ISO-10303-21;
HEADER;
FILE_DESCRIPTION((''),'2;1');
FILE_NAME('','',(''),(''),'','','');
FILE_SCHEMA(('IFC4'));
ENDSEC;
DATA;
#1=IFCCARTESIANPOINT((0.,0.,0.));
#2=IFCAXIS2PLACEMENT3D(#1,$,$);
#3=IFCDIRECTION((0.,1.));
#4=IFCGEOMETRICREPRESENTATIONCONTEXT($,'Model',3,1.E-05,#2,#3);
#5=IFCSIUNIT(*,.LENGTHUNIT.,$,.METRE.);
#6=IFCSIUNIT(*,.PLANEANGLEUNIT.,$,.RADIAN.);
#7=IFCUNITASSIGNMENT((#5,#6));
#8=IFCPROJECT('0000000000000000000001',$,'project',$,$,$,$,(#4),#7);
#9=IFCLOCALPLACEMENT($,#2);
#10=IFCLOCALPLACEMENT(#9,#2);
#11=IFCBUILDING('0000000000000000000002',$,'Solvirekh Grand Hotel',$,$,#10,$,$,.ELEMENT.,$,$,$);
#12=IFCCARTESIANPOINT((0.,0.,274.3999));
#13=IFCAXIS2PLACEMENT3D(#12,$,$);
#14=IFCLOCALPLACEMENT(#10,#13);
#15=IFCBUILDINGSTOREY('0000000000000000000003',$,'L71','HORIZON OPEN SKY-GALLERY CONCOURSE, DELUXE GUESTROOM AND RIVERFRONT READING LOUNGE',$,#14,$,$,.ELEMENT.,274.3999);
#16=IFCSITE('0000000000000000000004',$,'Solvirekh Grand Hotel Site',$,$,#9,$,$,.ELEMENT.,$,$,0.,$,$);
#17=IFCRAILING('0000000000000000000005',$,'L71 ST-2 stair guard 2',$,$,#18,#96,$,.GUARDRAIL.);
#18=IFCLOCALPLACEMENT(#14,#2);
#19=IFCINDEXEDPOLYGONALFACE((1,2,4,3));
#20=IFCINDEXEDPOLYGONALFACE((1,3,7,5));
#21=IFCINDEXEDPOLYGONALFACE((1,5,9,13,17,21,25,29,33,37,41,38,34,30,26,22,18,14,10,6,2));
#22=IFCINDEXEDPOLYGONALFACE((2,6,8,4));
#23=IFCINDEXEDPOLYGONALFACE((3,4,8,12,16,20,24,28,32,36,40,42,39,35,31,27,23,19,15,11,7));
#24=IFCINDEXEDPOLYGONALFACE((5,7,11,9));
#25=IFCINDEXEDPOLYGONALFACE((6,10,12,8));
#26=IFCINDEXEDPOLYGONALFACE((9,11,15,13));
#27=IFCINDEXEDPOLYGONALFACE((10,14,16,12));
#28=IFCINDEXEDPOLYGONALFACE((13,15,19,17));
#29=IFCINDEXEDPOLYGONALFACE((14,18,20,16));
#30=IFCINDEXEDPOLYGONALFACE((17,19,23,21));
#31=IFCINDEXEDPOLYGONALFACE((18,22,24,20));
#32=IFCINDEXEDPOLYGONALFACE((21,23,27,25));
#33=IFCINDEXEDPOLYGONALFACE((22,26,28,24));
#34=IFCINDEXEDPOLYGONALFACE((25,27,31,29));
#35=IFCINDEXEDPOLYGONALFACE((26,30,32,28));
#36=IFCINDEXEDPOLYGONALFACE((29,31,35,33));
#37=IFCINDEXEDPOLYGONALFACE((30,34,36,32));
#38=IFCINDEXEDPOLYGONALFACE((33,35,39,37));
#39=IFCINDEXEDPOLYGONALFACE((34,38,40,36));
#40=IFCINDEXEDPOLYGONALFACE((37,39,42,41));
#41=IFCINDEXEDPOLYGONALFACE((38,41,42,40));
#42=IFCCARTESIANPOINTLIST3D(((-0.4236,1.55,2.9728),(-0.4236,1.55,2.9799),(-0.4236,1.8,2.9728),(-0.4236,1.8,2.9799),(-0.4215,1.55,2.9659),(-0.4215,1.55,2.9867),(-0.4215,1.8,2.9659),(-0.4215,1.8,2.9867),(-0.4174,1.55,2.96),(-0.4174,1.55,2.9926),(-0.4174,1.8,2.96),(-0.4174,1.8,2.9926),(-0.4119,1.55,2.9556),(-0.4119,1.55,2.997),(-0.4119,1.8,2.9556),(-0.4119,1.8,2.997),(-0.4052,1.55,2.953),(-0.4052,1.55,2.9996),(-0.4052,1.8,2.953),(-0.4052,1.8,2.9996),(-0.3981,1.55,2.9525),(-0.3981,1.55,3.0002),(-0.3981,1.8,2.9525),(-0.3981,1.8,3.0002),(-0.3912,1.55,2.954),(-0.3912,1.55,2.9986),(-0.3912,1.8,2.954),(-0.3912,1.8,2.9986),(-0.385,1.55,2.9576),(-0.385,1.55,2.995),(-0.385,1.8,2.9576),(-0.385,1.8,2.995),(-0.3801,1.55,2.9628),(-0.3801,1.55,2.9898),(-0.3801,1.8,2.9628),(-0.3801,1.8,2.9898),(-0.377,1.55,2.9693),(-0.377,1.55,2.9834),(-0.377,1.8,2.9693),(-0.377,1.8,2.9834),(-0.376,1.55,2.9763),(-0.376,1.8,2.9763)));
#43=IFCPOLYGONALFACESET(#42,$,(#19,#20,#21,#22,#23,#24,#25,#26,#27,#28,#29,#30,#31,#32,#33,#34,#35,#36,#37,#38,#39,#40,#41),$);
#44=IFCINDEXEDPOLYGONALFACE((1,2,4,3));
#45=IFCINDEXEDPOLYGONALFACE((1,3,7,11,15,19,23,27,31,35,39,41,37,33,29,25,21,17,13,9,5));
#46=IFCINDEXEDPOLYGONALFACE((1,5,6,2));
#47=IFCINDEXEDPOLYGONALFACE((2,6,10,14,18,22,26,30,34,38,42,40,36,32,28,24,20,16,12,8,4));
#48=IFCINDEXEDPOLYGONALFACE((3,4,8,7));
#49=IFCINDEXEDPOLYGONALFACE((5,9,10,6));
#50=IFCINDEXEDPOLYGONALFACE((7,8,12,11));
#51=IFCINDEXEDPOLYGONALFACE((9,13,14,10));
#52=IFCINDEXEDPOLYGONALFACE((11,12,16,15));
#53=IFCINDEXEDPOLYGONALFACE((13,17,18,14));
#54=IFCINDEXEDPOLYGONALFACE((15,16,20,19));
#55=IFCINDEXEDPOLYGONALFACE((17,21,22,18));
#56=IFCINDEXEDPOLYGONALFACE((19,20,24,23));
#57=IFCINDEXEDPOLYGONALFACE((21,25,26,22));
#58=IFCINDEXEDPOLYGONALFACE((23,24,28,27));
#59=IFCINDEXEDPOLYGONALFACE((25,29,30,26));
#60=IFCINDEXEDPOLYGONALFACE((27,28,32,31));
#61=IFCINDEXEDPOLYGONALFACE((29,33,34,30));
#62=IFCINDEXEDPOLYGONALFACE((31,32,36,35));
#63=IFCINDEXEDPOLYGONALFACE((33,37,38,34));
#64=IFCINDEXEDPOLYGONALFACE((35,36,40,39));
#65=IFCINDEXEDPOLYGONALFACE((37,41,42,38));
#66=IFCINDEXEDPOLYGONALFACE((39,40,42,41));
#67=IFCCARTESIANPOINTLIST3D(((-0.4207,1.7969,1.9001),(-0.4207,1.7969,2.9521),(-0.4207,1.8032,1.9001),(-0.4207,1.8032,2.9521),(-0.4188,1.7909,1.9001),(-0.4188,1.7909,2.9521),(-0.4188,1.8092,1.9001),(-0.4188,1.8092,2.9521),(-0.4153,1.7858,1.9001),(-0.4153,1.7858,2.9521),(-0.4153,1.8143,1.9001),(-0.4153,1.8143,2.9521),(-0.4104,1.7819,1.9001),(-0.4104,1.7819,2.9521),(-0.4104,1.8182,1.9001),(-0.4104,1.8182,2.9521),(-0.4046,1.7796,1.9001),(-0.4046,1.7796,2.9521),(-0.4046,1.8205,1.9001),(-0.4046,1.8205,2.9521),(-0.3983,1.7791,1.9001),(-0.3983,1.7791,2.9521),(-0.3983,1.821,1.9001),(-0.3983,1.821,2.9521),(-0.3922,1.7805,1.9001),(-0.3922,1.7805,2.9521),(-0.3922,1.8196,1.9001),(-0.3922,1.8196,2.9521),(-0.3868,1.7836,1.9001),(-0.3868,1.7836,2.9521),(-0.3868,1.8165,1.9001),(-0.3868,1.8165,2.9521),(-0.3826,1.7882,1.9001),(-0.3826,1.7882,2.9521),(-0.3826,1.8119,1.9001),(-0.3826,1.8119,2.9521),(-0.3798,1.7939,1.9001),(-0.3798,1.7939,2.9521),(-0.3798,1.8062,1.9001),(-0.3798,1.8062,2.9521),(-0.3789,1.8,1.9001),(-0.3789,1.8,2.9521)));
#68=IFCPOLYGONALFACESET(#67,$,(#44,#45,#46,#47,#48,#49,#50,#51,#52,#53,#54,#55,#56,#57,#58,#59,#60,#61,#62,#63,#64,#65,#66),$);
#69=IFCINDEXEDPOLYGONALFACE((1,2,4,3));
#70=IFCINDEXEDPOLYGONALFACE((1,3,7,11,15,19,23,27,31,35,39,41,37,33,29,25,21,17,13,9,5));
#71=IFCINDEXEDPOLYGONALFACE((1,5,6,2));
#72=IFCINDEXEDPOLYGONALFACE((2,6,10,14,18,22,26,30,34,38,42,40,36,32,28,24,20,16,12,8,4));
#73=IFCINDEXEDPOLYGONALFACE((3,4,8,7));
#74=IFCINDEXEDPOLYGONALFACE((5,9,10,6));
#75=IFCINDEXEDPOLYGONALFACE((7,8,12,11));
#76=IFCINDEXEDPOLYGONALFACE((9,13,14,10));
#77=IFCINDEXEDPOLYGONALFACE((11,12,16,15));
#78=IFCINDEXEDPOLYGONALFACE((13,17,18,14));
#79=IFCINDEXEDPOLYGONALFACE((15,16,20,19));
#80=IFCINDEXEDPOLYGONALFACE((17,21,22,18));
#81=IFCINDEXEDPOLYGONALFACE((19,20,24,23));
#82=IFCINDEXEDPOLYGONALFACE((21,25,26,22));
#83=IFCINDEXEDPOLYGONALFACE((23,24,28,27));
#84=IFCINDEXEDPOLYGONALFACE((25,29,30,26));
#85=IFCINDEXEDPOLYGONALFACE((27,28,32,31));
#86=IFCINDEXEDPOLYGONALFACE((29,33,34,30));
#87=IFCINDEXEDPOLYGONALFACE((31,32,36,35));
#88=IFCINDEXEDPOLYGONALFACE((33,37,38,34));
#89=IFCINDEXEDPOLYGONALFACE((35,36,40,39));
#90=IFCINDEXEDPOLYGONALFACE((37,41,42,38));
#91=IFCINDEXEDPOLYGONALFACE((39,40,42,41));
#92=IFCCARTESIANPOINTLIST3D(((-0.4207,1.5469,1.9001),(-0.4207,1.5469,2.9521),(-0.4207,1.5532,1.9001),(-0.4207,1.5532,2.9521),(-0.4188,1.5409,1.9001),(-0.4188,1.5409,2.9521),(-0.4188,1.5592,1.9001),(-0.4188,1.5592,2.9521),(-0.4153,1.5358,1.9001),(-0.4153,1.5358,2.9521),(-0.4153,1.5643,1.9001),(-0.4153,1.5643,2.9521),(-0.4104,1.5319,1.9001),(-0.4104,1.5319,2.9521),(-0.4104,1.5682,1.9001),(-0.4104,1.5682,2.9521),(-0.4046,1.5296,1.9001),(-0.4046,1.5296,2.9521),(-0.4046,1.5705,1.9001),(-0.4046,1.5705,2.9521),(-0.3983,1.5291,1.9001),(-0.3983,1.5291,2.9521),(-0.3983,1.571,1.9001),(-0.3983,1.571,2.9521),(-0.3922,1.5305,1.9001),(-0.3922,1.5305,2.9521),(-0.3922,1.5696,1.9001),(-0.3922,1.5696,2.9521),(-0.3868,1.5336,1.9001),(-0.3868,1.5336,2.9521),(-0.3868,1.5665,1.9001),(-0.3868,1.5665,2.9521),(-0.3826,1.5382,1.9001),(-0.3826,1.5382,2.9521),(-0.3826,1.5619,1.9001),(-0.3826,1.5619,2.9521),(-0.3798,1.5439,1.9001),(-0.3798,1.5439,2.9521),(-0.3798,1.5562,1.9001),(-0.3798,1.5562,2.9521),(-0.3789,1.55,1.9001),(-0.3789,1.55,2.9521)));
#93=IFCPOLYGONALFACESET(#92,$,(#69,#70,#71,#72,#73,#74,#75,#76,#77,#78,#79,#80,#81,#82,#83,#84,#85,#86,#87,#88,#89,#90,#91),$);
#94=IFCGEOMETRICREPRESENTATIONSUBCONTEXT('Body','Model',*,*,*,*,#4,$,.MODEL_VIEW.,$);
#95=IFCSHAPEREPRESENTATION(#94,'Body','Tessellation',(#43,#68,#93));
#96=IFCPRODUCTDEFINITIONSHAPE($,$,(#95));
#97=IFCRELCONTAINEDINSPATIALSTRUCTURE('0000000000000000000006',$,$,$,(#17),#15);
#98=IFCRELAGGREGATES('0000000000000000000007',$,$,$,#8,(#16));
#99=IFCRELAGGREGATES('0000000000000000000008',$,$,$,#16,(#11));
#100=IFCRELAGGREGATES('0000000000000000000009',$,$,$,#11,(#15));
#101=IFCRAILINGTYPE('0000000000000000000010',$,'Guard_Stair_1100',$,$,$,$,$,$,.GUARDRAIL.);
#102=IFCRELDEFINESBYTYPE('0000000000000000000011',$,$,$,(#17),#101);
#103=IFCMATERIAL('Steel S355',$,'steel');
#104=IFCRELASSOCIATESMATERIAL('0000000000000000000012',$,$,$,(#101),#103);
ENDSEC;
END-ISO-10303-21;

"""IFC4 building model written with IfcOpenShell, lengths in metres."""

from ifc_helpers import new_model, si_unit, direction, frame, origin, origin_2d, place, context, subcontext, project, spatial, circle, extrude, material, type_object, element, save


model = new_model("IFC4")

# Units and contexts
model_context = context("Model", 3, precision=1e-05, world=origin(), true_north=direction((0.0, 1.0)))
body_context = subcontext(model_context, "Body", "Model", "MODEL_VIEW")
ifc_project = project(units=[si_unit("LENGTHUNIT", "METRE"), si_unit("PLANEANGLEUNIT", "RADIAN")], contexts=[model_context])

# Site, building, storey
site_placement = place(None, origin())
site = spatial("IfcSite", under=ifc_project, at=site_placement, Name="Solvirekh Grand Hotel Site", CompositionType="ELEMENT", RefElevation=0.0)
building_placement = place(site_placement, origin())
building = spatial("IfcBuilding", under=site, at=building_placement, Name="Solvirekh Grand Hotel", CompositionType="ELEMENT")
storey_placement = place(building_placement, frame((0.0, 0.0, 274.3999)))
storey = spatial("IfcBuildingStorey", under=building, at=storey_placement, Name="L71", Description="HORIZON OPEN SKY-GALLERY CONCOURSE, DELUXE GUESTROOM AND RIVERFRONT READING LOUNGE", CompositionType="ELEMENT", Elevation=274.3999)

# Shared definitions
ifc_material_1 = material(Name="Steel S355", Category="steel")

# Railing
railing_type_1 = type_object("IfcRailingType", Name="Guard_Stair_1100", PredefinedType="GUARDRAIL", material=ifc_material_1)
railing_1_placement = place(storey_placement, frame((-0.3999, 1.8, 1.9001)))
element("IfcRailing", 1, at=railing_1_placement, inside=storey, type_object=railing_type_1, Name="L71 ST-2 stair guard 2", PredefinedType="GUARDRAIL", context=body_context, shape_type="SweptSolid", body=[
    extrude(circle(Radius=0.0239, at=origin_2d()), frame((0.0, 0.0, 1.0762), z_axis=(0.0, -1.0, 0.0), x_axis=(1.0, 0.0, 0.0)), (0.0, 0.0, 1.0), 0.25),
    extrude(circle(Radius=0.021, at=origin_2d()), origin(), (0.0, 0.0, 1.0), 1.052),
    extrude(circle(Radius=0.021, at=origin_2d()), frame((0.0, -0.25, 0.0)), (0.0, 0.0, 1.0), 1.052),
])

save(model, "model.ifc")
